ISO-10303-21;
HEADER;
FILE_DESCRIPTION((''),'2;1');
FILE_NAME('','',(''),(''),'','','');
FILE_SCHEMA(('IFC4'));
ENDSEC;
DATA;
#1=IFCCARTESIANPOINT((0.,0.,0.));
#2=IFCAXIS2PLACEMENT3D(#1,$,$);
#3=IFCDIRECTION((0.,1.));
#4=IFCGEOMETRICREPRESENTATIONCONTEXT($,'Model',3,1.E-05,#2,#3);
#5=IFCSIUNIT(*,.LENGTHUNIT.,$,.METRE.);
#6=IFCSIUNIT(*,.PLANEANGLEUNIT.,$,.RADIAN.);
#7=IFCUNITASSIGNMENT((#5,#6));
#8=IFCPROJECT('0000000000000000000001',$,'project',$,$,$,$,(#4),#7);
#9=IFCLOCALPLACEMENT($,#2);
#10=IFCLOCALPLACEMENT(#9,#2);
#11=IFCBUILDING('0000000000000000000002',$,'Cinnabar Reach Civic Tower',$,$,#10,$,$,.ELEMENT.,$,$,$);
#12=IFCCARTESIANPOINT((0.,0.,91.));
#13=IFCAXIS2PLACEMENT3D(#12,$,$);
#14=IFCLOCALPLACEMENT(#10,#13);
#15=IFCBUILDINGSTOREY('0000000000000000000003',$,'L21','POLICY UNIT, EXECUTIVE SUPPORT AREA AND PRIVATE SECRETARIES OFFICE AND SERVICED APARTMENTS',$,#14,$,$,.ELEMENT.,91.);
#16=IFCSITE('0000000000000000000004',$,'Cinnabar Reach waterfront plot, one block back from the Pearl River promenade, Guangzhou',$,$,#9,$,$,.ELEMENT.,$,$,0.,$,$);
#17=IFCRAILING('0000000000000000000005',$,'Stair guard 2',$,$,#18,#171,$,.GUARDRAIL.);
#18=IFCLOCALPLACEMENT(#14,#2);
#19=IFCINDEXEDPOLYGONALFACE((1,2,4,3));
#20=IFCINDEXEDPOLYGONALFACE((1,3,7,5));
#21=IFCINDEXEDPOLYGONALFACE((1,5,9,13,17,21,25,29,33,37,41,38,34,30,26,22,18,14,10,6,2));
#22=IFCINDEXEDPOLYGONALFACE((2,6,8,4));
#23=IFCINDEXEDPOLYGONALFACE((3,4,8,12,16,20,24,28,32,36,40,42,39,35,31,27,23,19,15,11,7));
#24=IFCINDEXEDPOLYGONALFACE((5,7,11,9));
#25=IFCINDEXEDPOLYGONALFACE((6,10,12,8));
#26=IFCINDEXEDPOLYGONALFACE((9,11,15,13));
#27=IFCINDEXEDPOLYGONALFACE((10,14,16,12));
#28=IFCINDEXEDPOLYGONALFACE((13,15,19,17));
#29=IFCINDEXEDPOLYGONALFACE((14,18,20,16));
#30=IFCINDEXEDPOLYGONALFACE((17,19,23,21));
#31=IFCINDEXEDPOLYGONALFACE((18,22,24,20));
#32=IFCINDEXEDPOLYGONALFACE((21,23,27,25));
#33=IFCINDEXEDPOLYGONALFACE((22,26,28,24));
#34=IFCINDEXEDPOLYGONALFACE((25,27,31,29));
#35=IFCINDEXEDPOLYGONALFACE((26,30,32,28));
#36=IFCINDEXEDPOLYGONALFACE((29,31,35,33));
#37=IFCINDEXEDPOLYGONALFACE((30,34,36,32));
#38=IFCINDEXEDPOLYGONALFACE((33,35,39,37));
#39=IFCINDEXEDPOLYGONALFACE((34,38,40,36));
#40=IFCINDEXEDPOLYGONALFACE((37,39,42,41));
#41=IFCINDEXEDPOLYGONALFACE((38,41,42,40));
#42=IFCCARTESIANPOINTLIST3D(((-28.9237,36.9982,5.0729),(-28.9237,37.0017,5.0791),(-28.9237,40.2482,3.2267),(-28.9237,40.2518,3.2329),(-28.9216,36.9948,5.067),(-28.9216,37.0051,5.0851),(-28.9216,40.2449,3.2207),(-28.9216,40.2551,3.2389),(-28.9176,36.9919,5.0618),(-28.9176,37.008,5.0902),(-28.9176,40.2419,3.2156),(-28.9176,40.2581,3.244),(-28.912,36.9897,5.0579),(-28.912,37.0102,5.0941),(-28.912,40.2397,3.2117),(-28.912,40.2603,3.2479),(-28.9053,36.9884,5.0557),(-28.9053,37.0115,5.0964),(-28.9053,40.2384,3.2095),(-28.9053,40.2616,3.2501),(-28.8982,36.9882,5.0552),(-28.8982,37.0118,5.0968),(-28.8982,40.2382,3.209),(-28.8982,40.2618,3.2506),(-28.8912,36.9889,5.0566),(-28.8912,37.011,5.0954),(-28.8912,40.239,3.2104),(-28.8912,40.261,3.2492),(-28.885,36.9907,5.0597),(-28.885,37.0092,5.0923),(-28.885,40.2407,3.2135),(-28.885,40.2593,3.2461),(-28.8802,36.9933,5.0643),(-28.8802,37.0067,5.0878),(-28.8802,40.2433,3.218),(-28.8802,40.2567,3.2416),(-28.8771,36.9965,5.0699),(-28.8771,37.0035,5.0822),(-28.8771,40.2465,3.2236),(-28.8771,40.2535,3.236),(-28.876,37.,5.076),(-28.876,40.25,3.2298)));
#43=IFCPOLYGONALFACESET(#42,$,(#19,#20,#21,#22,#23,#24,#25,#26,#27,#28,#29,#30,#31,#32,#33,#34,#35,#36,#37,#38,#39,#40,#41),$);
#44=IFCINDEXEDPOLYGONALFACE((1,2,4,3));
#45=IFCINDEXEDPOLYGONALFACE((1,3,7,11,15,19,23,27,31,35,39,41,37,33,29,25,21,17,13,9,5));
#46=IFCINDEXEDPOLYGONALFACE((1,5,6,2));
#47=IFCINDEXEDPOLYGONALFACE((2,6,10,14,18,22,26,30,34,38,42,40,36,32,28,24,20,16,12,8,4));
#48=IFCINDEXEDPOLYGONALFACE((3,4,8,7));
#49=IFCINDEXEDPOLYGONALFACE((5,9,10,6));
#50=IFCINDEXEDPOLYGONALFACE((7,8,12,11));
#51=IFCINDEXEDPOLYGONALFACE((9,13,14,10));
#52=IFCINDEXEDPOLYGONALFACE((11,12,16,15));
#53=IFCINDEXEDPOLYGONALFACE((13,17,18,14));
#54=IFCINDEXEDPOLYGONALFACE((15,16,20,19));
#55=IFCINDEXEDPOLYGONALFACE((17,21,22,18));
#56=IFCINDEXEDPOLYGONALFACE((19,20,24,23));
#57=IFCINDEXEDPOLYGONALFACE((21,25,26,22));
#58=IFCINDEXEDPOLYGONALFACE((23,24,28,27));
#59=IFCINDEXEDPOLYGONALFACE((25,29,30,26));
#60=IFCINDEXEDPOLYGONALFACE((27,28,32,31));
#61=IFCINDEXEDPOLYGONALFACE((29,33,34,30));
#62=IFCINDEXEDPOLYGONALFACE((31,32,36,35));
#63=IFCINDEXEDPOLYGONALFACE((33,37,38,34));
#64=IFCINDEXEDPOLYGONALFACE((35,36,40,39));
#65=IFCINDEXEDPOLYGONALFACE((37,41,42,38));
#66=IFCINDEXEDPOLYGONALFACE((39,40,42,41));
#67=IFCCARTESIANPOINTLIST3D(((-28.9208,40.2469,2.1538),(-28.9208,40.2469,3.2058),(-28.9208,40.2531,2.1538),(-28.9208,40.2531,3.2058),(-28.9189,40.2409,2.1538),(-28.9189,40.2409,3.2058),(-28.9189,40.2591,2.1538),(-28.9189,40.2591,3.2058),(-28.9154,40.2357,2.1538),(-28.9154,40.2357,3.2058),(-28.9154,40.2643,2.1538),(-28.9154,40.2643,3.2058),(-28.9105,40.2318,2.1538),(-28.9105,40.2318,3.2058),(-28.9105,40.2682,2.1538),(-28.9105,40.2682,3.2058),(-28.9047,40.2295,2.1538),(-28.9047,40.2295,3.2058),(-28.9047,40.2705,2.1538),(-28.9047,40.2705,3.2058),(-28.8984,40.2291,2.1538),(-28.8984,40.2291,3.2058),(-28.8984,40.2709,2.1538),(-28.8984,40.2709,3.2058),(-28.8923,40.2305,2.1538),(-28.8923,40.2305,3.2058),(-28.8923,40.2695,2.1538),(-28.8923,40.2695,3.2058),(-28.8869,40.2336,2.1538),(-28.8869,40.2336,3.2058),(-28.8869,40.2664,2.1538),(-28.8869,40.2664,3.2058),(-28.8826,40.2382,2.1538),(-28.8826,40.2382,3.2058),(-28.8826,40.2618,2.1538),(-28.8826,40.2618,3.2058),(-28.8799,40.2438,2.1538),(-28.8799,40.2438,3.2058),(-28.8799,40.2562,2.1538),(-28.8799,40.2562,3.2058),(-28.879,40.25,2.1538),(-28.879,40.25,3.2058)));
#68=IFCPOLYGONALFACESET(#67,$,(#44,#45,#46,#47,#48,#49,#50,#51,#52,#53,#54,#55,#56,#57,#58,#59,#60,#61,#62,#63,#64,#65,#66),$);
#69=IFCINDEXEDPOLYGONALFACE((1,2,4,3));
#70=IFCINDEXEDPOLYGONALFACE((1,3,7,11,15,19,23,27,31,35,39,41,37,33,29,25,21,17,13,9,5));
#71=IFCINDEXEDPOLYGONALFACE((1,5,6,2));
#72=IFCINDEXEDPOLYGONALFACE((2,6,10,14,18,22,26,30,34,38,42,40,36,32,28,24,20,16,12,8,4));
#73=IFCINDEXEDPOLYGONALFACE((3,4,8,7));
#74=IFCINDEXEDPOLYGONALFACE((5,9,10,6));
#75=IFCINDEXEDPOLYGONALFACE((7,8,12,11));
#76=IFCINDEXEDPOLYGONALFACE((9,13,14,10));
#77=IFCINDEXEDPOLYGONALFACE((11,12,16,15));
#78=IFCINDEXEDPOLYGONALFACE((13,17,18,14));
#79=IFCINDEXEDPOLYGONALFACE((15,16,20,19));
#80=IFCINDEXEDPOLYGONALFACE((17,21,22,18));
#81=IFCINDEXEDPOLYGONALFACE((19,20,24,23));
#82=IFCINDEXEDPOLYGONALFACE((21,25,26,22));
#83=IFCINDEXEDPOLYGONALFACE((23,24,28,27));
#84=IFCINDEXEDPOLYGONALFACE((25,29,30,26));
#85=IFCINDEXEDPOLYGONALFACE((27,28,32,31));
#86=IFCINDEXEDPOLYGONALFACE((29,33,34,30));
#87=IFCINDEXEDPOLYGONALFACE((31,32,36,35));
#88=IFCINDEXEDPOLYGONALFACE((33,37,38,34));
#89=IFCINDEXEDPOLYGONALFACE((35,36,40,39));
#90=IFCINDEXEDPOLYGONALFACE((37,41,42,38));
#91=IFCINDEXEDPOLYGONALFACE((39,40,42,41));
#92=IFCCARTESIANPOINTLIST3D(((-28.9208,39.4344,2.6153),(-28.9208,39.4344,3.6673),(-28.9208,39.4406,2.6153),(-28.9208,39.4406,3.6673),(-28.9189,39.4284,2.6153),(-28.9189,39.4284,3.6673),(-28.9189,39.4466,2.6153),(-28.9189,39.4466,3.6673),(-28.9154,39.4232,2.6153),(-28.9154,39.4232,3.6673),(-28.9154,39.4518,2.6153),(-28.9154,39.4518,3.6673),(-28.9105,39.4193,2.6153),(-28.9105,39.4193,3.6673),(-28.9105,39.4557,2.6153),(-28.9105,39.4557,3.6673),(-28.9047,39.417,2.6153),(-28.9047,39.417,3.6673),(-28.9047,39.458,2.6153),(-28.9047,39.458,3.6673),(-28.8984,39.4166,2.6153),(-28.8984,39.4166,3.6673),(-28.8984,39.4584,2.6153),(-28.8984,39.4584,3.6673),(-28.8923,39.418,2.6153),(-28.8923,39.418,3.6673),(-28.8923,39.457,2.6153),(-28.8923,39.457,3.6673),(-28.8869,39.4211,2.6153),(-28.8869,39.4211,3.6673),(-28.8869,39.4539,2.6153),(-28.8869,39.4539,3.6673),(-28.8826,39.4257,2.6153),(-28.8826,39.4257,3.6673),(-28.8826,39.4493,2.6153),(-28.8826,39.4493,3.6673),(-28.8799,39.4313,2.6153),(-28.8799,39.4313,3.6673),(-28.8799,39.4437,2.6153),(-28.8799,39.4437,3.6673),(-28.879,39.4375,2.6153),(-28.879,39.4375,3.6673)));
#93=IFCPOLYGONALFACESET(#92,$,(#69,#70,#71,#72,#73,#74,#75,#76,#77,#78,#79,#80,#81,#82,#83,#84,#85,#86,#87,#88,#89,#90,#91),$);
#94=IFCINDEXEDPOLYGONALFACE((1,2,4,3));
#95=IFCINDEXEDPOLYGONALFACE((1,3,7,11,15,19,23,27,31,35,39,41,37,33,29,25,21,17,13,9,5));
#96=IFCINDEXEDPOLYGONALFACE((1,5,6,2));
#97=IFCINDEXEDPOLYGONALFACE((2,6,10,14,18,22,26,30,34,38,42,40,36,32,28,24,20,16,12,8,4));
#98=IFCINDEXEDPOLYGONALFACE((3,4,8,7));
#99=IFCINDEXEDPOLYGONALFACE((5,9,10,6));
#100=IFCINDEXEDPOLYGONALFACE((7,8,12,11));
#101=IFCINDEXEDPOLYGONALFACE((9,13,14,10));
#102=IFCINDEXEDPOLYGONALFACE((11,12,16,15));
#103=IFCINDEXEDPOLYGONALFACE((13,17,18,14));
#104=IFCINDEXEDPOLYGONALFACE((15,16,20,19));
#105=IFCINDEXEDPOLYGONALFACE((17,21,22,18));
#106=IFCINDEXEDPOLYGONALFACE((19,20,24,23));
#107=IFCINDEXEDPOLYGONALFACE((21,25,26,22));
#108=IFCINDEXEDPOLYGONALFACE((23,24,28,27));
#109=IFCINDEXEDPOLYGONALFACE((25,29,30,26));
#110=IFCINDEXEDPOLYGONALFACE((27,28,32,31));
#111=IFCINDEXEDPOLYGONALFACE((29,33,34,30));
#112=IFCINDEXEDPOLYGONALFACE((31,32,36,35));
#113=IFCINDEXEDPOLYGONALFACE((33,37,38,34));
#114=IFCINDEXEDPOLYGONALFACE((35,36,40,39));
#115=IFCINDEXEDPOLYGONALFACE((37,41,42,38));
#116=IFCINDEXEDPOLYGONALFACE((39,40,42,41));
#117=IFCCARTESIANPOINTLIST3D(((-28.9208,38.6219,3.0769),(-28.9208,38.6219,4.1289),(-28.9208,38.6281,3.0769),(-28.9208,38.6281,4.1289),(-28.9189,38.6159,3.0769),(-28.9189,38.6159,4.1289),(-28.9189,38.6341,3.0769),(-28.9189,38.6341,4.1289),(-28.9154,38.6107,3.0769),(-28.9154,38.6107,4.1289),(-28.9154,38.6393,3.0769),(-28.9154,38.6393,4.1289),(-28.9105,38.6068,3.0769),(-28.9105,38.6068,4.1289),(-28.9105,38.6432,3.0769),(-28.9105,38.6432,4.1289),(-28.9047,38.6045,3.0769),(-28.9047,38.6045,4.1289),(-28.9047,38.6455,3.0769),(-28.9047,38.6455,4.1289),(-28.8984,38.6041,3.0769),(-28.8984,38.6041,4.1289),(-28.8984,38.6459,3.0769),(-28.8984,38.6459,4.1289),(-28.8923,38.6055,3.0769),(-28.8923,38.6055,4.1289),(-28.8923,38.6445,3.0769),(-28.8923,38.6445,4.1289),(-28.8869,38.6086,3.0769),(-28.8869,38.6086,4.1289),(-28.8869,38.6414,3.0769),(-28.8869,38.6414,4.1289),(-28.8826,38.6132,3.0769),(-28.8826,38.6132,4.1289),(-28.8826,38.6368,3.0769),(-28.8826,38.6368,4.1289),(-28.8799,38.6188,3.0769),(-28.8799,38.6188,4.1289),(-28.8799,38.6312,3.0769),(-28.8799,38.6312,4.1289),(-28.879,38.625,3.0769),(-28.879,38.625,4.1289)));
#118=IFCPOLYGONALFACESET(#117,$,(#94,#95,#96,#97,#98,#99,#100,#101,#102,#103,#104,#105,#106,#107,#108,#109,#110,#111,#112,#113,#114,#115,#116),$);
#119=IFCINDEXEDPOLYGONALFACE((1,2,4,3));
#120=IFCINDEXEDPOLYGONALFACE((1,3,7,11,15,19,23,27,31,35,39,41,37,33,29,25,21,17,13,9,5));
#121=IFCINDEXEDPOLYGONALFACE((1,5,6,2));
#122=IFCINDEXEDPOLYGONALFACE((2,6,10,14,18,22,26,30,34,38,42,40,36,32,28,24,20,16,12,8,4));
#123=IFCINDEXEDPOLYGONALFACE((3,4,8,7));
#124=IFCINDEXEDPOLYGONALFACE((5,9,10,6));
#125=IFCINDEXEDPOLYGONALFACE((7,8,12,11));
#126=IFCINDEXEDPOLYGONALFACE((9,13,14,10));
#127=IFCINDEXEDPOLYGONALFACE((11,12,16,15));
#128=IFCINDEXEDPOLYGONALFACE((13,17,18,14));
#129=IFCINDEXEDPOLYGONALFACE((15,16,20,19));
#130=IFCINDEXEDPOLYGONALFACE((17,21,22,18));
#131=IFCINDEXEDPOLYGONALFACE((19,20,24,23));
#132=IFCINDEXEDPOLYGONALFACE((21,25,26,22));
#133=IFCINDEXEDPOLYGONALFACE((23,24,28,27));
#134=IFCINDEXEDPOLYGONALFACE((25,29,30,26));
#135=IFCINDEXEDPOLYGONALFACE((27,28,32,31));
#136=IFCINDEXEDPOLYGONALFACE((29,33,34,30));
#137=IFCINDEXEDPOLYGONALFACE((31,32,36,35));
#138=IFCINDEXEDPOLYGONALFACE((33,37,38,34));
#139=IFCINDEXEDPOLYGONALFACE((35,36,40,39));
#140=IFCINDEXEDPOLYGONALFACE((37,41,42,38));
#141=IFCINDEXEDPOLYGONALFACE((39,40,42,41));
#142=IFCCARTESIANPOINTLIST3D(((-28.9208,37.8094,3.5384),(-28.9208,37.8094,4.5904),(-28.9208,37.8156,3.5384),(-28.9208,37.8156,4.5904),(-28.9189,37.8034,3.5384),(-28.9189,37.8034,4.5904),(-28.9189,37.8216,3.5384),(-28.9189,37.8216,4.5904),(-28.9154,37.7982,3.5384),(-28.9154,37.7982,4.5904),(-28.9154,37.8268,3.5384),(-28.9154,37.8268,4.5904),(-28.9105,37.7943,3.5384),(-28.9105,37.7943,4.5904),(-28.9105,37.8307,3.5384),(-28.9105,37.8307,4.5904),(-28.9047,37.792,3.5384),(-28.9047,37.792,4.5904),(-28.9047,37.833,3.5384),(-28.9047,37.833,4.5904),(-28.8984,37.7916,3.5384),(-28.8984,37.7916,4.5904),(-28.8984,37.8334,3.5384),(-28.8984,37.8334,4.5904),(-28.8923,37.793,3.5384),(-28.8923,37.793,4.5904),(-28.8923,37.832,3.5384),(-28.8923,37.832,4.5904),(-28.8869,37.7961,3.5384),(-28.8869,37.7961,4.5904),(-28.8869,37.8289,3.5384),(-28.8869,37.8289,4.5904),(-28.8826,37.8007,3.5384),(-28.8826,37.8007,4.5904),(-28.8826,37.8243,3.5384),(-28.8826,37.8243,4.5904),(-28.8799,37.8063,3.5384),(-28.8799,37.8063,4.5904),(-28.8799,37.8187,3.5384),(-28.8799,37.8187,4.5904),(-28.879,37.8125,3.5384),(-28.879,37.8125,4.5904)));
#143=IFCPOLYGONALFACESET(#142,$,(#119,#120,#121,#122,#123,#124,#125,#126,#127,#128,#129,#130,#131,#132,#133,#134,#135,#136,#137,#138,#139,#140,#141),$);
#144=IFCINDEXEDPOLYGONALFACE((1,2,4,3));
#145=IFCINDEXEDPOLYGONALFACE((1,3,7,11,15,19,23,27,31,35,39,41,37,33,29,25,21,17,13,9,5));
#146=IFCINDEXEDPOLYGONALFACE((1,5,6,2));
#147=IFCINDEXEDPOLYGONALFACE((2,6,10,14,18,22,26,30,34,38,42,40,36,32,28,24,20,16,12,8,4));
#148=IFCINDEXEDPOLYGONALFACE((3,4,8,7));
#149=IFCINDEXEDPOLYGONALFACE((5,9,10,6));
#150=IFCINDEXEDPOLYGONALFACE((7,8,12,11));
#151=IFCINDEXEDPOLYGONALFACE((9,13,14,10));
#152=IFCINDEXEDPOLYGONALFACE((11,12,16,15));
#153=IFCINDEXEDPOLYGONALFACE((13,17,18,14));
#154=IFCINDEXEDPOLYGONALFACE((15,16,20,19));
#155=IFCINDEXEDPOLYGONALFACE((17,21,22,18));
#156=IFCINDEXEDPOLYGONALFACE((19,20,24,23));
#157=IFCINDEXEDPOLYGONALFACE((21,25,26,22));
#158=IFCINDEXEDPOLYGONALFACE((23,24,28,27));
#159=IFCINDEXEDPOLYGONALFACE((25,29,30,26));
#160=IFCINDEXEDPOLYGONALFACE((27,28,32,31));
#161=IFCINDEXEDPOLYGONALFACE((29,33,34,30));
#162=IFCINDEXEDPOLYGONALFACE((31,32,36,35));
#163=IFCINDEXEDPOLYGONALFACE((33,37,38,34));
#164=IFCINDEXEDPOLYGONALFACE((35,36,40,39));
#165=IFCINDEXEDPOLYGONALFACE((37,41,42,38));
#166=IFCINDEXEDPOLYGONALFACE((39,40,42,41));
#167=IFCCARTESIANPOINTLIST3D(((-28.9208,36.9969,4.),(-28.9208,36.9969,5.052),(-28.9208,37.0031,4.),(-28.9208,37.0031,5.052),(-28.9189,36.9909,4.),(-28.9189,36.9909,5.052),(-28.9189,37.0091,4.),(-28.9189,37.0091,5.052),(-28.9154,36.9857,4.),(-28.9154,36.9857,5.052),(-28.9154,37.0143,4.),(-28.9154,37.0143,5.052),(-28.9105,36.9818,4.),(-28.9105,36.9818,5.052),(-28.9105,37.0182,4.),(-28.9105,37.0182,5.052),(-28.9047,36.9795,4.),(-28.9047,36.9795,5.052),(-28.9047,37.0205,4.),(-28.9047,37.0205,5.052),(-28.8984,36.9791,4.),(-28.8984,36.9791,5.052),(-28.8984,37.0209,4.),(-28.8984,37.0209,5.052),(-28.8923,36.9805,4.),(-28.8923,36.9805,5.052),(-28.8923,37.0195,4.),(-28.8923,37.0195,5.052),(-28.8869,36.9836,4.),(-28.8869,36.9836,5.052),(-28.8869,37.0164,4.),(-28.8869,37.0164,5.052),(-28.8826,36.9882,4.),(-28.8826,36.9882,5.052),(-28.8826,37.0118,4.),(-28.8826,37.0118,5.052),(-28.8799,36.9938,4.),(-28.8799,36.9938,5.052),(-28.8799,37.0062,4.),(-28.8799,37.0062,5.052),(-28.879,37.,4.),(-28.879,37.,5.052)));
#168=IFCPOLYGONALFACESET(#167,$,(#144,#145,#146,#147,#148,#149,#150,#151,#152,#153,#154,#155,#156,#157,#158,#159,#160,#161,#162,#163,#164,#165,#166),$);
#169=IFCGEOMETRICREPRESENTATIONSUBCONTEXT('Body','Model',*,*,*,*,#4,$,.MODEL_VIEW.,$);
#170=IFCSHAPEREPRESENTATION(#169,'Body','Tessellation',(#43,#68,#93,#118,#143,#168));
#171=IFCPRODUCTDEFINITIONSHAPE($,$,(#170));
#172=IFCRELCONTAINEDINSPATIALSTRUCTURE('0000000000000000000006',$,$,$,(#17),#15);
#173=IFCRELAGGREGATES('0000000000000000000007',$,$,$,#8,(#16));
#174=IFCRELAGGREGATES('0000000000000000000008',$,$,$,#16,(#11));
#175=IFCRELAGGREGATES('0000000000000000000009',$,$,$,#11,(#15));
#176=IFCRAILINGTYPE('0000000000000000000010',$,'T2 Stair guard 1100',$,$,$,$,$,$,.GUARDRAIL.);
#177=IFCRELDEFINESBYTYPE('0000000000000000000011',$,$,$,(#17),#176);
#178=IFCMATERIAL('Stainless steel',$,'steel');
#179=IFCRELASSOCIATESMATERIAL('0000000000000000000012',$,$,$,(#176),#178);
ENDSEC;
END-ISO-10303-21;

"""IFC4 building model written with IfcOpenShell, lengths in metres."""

from ifc_helpers import new_model, si_unit, direction, frame, origin, origin_2d, place, context, subcontext, project, spatial, circle, extrude, material, type_object, element, save


model = new_model("IFC4")

# Units and contexts
model_context = context("Model", 3, precision=1e-05, world=origin(), true_north=direction((0.0, 1.0)))
body_context = subcontext(model_context, "Body", "Model", "MODEL_VIEW")
ifc_project = project(units=[si_unit("LENGTHUNIT", "METRE"), si_unit("PLANEANGLEUNIT", "RADIAN")], contexts=[model_context])

# Site, building, storey
site_placement = place(None, origin())
site = spatial("IfcSite", under=ifc_project, at=site_placement, Name="Cinnabar Reach waterfront plot, one block back from the Pearl River promenade, Guangzhou", CompositionType="ELEMENT", RefElevation=0.0)
building_placement = place(site_placement, origin())
building = spatial("IfcBuilding", under=site, at=building_placement, Name="Cinnabar Reach Civic Tower", CompositionType="ELEMENT")
storey_placement = place(building_placement, frame((0.0, 0.0, 91.0)))
storey = spatial("IfcBuildingStorey", under=building, at=storey_placement, Name="L21", Description="POLICY UNIT, EXECUTIVE SUPPORT AREA AND PRIVATE SECRETARIES OFFICE AND SERVICED APARTMENTS", CompositionType="ELEMENT", Elevation=91.0)

# Railing
ifc_material_1 = material(Name="Stainless steel", Category="steel")
railing_type_1 = type_object("IfcRailingType", Name="T2 Stair guard 1100", PredefinedType="GUARDRAIL", material=ifc_material_1)
railing_1_placement = place(storey_placement, frame((-28.9, 40.25, 2.1538)))
element("IfcRailing", 1, at=railing_1_placement, inside=storey, type_object=railing_type_1, Name="Stair guard 2", PredefinedType="GUARDRAIL", context=body_context, shape_type="SweptSolid", body=[
    extrude(circle(Radius=0.024, at=origin_2d()), frame((0.0, 0.0, 1.076), z_axis=(0.0, -0.869501, 0.49393), x_axis=(1.0, 0.0, 0.0)), (0.0, 0.0, 1.0), 3.7378),
    extrude(circle(Radius=0.021, at=origin_2d()), origin(), (0.0, 0.0, 1.0), 1.052),
    extrude(circle(Radius=0.021, at=origin_2d()), frame((0.0, -0.8125, 0.4615)), (0.0, 0.0, 1.0), 1.052),
    extrude(circle(Radius=0.021, at=origin_2d()), frame((0.0, -1.625, 0.9231)), (0.0, 0.0, 1.0), 1.052),
    extrude(circle(Radius=0.021, at=origin_2d()), frame((0.0, -2.4375, 1.3846)), (0.0, 0.0, 1.0), 1.052),
    extrude(circle(Radius=0.021, at=origin_2d()), frame((0.0, -3.25, 1.8462)), (0.0, 0.0, 1.0), 1.052),
])

save(model, "model.ifc")
